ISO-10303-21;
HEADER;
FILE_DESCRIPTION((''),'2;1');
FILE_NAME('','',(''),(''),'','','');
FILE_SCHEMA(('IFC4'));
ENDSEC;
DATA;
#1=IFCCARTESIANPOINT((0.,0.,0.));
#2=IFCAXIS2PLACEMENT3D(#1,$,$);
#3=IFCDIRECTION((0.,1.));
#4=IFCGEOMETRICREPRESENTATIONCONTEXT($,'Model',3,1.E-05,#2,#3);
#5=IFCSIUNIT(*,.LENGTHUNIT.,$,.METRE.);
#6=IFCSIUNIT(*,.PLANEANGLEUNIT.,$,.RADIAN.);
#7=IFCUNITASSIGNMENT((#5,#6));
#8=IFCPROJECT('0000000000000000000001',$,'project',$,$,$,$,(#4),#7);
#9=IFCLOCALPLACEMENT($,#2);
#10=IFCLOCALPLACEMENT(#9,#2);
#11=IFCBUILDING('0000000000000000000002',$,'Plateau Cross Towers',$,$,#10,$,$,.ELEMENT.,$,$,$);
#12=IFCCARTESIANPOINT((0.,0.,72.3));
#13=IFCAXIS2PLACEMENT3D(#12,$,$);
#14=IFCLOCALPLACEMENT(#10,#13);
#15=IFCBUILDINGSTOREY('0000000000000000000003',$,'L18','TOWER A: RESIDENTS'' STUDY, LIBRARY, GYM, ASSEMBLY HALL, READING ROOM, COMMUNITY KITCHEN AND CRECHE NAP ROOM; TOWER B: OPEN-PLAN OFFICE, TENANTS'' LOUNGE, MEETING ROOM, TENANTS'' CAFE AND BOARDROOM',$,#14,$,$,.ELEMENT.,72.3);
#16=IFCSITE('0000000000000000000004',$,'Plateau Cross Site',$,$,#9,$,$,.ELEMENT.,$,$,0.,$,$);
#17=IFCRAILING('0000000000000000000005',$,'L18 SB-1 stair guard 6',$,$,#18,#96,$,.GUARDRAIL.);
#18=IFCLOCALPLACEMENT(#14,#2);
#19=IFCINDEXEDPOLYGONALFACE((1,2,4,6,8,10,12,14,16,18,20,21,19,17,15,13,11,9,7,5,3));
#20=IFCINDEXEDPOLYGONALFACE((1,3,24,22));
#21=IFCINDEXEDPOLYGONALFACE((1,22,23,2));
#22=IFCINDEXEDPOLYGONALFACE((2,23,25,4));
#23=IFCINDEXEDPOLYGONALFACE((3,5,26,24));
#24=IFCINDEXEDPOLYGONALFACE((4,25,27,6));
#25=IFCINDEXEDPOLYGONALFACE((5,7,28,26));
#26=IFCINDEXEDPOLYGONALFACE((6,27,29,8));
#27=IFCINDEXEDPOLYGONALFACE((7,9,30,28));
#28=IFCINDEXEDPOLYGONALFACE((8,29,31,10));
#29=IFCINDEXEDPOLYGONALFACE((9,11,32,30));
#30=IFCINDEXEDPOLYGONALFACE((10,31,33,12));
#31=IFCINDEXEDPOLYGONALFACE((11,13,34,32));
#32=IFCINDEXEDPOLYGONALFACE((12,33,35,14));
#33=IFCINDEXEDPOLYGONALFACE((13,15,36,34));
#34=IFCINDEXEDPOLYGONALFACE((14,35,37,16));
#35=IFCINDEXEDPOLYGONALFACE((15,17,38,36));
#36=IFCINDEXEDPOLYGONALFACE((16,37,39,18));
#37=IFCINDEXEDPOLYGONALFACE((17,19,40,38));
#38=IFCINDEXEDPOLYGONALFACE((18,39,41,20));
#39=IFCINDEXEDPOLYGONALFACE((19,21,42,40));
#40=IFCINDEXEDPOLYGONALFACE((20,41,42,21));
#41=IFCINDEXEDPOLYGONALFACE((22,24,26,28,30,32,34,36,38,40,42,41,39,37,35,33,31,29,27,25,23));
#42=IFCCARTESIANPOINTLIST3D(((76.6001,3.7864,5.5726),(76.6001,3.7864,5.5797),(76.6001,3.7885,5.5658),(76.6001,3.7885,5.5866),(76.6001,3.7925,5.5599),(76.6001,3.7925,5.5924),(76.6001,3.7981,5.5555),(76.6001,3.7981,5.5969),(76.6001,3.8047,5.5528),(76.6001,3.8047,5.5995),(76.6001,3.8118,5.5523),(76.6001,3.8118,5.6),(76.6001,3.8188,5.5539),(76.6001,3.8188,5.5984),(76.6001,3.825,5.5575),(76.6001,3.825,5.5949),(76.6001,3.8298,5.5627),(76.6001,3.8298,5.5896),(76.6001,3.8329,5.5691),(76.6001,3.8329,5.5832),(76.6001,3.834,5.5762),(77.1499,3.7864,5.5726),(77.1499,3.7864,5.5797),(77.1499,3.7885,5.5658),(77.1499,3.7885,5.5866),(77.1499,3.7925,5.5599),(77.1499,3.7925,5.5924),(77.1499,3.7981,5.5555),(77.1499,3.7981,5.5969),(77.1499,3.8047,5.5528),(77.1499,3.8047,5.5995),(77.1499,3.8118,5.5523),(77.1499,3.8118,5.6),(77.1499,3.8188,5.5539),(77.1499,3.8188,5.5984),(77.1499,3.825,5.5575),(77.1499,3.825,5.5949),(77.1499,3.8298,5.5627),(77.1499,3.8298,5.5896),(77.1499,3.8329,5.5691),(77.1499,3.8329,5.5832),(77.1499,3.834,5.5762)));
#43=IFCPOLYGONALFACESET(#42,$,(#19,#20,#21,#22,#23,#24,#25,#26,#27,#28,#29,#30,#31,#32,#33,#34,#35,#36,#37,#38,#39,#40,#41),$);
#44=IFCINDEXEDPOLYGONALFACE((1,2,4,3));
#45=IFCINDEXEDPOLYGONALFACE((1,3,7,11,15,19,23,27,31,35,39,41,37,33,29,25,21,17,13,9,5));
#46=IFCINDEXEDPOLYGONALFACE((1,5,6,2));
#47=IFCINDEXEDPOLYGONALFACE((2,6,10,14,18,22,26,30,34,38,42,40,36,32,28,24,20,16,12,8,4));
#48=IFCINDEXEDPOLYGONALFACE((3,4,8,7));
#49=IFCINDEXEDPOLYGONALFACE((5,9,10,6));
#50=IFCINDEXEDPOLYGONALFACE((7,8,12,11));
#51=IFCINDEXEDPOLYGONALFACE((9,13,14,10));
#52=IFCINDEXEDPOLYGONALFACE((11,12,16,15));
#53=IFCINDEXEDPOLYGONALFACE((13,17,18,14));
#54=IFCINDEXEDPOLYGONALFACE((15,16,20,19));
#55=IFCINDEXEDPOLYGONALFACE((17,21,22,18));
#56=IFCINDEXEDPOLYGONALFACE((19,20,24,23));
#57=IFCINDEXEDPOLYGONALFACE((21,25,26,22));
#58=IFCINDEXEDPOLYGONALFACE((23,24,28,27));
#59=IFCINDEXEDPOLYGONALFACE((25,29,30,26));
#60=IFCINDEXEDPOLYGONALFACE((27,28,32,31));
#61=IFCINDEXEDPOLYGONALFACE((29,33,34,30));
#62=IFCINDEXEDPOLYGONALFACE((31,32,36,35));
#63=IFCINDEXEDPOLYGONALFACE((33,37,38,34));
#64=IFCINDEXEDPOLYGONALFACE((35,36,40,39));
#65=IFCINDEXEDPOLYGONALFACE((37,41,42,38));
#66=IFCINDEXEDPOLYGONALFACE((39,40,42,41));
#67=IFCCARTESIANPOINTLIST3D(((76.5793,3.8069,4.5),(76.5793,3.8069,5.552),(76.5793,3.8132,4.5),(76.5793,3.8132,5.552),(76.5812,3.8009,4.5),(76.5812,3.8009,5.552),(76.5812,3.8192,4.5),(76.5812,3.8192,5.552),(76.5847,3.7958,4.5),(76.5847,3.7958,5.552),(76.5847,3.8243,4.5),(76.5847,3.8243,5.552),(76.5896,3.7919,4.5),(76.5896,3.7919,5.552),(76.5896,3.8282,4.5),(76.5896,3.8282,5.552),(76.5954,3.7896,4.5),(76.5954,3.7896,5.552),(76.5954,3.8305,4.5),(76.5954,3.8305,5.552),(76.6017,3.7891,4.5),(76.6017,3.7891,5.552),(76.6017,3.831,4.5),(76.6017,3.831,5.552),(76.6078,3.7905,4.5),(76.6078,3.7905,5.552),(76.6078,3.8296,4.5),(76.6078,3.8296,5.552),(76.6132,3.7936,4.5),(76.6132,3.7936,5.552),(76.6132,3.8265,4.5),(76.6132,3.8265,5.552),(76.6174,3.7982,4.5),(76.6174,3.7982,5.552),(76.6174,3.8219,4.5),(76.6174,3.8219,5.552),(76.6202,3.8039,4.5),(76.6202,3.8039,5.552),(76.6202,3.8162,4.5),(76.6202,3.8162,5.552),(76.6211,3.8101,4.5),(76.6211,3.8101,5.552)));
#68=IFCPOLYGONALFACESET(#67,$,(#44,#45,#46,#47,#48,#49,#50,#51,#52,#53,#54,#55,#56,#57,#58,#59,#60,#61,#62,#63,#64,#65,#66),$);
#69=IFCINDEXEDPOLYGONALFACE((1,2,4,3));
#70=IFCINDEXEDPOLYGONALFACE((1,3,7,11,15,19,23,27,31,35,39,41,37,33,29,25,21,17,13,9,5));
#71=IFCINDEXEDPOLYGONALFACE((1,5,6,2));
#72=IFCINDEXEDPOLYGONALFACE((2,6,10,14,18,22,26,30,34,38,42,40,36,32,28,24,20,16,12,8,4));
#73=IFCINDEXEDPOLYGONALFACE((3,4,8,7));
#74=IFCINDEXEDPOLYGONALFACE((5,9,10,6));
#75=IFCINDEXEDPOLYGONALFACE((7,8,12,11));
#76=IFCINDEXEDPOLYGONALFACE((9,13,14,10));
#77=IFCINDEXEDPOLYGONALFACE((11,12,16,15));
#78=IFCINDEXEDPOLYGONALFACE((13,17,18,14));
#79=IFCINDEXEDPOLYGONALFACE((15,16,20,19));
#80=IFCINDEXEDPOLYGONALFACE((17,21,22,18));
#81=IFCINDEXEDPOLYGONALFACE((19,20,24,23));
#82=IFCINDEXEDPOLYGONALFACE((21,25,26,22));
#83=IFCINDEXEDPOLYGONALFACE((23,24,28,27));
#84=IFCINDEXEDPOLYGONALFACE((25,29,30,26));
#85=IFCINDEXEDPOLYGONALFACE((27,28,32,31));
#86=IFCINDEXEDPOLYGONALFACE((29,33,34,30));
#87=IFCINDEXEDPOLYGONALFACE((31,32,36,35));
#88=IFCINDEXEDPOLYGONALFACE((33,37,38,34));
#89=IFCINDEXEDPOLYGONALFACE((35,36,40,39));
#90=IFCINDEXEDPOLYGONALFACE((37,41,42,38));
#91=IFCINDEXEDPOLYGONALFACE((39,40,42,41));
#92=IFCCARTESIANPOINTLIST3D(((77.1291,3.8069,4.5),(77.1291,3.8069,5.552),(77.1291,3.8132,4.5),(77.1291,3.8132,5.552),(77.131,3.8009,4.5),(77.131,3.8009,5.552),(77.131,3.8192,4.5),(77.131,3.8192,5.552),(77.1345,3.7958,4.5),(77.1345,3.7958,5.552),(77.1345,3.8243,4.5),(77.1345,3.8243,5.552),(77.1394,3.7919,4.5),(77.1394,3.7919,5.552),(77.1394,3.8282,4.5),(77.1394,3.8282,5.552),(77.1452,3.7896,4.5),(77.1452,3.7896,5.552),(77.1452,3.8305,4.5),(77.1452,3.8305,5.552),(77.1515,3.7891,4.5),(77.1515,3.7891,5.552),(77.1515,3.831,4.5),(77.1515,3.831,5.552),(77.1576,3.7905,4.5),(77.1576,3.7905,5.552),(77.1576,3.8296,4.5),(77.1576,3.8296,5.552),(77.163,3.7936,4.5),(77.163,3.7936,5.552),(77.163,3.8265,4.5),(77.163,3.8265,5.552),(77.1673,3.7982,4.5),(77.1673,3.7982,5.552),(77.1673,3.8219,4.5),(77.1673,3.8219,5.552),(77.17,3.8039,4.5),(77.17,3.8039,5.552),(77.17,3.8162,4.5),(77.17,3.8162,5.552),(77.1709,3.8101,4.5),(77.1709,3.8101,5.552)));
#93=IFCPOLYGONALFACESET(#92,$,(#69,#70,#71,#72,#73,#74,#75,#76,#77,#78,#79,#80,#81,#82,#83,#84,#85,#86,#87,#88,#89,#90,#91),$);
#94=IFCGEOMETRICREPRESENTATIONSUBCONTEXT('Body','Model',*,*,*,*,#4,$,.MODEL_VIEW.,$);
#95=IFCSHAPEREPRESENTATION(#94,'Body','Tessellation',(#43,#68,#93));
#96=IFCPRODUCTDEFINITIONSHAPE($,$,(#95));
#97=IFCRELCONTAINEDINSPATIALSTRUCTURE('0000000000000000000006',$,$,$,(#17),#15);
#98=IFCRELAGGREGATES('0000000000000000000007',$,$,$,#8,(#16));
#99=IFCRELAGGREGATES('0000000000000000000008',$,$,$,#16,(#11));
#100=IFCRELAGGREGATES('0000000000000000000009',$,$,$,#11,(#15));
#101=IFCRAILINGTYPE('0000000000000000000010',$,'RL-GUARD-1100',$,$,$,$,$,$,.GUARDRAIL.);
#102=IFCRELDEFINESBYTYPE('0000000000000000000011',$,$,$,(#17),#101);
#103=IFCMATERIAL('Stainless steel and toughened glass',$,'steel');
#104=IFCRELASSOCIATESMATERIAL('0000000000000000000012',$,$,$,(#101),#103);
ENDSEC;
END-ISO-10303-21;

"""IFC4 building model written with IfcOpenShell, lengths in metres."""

from ifc_helpers import new_model, si_unit, direction, frame, origin, origin_2d, place, context, subcontext, project, spatial, circle, extrude, material, type_object, element, save


model = new_model("IFC4")

# Units and contexts
model_context = context("Model", 3, precision=1e-05, world=origin(), true_north=direction((0.0, 1.0)))
body_context = subcontext(model_context, "Body", "Model", "MODEL_VIEW")
ifc_project = project(units=[si_unit("LENGTHUNIT", "METRE"), si_unit("PLANEANGLEUNIT", "RADIAN")], contexts=[model_context])

# Site, building, storey
site_placement = place(None, origin())
site = spatial("IfcSite", under=ifc_project, at=site_placement, Name="Plateau Cross Site", CompositionType="ELEMENT", RefElevation=0.0)
building_placement = place(site_placement, origin())
building = spatial("IfcBuilding", under=site, at=building_placement, Name="Plateau Cross Towers", CompositionType="ELEMENT")
storey_placement = place(building_placement, frame((0.0, 0.0, 72.3)))
storey = spatial("IfcBuildingStorey", under=building, at=storey_placement, Name="L18", Description="TOWER A: RESIDENTS' STUDY, LIBRARY, GYM, ASSEMBLY HALL, READING ROOM, COMMUNITY KITCHEN AND CRECHE NAP ROOM; TOWER B: OPEN-PLAN OFFICE, TENANTS' LOUNGE, MEETING ROOM, TENANTS' CAFE AND BOARDROOM", CompositionType="ELEMENT", Elevation=72.3)

# Railing
ifc_material_1 = material(Name="Stainless steel and toughened glass", Category="steel")
railing_type_1 = type_object("IfcRailingType", Name="RL-GUARD-1100", PredefinedType="GUARDRAIL", material=ifc_material_1)
railing_1_placement = place(storey_placement, frame((76.6001, 3.8101, 4.5)))
element("IfcRailing", 1, at=railing_1_placement, inside=storey, type_object=railing_type_1, Name="L18 SB-1 stair guard 6", PredefinedType="GUARDRAIL", context=body_context, shape_type="SweptSolid", body=[
    extrude(circle(Radius=0.0239, at=origin_2d()), frame((0.0, 0.0, 1.0762), z_axis=(1.0, 0.0, 0.0), x_axis=(0.0, 1.0, 0.0)), (0.0, 0.0, 1.0), 0.5498),
    extrude(circle(Radius=0.021, at=origin_2d()), origin(), (0.0, 0.0, 1.0), 1.052),
    extrude(circle(Radius=0.021, at=origin_2d()), frame((0.5498, 0.0, 0.0)), (0.0, 0.0, 1.0), 1.052),
])

save(model, "model.ifc")
